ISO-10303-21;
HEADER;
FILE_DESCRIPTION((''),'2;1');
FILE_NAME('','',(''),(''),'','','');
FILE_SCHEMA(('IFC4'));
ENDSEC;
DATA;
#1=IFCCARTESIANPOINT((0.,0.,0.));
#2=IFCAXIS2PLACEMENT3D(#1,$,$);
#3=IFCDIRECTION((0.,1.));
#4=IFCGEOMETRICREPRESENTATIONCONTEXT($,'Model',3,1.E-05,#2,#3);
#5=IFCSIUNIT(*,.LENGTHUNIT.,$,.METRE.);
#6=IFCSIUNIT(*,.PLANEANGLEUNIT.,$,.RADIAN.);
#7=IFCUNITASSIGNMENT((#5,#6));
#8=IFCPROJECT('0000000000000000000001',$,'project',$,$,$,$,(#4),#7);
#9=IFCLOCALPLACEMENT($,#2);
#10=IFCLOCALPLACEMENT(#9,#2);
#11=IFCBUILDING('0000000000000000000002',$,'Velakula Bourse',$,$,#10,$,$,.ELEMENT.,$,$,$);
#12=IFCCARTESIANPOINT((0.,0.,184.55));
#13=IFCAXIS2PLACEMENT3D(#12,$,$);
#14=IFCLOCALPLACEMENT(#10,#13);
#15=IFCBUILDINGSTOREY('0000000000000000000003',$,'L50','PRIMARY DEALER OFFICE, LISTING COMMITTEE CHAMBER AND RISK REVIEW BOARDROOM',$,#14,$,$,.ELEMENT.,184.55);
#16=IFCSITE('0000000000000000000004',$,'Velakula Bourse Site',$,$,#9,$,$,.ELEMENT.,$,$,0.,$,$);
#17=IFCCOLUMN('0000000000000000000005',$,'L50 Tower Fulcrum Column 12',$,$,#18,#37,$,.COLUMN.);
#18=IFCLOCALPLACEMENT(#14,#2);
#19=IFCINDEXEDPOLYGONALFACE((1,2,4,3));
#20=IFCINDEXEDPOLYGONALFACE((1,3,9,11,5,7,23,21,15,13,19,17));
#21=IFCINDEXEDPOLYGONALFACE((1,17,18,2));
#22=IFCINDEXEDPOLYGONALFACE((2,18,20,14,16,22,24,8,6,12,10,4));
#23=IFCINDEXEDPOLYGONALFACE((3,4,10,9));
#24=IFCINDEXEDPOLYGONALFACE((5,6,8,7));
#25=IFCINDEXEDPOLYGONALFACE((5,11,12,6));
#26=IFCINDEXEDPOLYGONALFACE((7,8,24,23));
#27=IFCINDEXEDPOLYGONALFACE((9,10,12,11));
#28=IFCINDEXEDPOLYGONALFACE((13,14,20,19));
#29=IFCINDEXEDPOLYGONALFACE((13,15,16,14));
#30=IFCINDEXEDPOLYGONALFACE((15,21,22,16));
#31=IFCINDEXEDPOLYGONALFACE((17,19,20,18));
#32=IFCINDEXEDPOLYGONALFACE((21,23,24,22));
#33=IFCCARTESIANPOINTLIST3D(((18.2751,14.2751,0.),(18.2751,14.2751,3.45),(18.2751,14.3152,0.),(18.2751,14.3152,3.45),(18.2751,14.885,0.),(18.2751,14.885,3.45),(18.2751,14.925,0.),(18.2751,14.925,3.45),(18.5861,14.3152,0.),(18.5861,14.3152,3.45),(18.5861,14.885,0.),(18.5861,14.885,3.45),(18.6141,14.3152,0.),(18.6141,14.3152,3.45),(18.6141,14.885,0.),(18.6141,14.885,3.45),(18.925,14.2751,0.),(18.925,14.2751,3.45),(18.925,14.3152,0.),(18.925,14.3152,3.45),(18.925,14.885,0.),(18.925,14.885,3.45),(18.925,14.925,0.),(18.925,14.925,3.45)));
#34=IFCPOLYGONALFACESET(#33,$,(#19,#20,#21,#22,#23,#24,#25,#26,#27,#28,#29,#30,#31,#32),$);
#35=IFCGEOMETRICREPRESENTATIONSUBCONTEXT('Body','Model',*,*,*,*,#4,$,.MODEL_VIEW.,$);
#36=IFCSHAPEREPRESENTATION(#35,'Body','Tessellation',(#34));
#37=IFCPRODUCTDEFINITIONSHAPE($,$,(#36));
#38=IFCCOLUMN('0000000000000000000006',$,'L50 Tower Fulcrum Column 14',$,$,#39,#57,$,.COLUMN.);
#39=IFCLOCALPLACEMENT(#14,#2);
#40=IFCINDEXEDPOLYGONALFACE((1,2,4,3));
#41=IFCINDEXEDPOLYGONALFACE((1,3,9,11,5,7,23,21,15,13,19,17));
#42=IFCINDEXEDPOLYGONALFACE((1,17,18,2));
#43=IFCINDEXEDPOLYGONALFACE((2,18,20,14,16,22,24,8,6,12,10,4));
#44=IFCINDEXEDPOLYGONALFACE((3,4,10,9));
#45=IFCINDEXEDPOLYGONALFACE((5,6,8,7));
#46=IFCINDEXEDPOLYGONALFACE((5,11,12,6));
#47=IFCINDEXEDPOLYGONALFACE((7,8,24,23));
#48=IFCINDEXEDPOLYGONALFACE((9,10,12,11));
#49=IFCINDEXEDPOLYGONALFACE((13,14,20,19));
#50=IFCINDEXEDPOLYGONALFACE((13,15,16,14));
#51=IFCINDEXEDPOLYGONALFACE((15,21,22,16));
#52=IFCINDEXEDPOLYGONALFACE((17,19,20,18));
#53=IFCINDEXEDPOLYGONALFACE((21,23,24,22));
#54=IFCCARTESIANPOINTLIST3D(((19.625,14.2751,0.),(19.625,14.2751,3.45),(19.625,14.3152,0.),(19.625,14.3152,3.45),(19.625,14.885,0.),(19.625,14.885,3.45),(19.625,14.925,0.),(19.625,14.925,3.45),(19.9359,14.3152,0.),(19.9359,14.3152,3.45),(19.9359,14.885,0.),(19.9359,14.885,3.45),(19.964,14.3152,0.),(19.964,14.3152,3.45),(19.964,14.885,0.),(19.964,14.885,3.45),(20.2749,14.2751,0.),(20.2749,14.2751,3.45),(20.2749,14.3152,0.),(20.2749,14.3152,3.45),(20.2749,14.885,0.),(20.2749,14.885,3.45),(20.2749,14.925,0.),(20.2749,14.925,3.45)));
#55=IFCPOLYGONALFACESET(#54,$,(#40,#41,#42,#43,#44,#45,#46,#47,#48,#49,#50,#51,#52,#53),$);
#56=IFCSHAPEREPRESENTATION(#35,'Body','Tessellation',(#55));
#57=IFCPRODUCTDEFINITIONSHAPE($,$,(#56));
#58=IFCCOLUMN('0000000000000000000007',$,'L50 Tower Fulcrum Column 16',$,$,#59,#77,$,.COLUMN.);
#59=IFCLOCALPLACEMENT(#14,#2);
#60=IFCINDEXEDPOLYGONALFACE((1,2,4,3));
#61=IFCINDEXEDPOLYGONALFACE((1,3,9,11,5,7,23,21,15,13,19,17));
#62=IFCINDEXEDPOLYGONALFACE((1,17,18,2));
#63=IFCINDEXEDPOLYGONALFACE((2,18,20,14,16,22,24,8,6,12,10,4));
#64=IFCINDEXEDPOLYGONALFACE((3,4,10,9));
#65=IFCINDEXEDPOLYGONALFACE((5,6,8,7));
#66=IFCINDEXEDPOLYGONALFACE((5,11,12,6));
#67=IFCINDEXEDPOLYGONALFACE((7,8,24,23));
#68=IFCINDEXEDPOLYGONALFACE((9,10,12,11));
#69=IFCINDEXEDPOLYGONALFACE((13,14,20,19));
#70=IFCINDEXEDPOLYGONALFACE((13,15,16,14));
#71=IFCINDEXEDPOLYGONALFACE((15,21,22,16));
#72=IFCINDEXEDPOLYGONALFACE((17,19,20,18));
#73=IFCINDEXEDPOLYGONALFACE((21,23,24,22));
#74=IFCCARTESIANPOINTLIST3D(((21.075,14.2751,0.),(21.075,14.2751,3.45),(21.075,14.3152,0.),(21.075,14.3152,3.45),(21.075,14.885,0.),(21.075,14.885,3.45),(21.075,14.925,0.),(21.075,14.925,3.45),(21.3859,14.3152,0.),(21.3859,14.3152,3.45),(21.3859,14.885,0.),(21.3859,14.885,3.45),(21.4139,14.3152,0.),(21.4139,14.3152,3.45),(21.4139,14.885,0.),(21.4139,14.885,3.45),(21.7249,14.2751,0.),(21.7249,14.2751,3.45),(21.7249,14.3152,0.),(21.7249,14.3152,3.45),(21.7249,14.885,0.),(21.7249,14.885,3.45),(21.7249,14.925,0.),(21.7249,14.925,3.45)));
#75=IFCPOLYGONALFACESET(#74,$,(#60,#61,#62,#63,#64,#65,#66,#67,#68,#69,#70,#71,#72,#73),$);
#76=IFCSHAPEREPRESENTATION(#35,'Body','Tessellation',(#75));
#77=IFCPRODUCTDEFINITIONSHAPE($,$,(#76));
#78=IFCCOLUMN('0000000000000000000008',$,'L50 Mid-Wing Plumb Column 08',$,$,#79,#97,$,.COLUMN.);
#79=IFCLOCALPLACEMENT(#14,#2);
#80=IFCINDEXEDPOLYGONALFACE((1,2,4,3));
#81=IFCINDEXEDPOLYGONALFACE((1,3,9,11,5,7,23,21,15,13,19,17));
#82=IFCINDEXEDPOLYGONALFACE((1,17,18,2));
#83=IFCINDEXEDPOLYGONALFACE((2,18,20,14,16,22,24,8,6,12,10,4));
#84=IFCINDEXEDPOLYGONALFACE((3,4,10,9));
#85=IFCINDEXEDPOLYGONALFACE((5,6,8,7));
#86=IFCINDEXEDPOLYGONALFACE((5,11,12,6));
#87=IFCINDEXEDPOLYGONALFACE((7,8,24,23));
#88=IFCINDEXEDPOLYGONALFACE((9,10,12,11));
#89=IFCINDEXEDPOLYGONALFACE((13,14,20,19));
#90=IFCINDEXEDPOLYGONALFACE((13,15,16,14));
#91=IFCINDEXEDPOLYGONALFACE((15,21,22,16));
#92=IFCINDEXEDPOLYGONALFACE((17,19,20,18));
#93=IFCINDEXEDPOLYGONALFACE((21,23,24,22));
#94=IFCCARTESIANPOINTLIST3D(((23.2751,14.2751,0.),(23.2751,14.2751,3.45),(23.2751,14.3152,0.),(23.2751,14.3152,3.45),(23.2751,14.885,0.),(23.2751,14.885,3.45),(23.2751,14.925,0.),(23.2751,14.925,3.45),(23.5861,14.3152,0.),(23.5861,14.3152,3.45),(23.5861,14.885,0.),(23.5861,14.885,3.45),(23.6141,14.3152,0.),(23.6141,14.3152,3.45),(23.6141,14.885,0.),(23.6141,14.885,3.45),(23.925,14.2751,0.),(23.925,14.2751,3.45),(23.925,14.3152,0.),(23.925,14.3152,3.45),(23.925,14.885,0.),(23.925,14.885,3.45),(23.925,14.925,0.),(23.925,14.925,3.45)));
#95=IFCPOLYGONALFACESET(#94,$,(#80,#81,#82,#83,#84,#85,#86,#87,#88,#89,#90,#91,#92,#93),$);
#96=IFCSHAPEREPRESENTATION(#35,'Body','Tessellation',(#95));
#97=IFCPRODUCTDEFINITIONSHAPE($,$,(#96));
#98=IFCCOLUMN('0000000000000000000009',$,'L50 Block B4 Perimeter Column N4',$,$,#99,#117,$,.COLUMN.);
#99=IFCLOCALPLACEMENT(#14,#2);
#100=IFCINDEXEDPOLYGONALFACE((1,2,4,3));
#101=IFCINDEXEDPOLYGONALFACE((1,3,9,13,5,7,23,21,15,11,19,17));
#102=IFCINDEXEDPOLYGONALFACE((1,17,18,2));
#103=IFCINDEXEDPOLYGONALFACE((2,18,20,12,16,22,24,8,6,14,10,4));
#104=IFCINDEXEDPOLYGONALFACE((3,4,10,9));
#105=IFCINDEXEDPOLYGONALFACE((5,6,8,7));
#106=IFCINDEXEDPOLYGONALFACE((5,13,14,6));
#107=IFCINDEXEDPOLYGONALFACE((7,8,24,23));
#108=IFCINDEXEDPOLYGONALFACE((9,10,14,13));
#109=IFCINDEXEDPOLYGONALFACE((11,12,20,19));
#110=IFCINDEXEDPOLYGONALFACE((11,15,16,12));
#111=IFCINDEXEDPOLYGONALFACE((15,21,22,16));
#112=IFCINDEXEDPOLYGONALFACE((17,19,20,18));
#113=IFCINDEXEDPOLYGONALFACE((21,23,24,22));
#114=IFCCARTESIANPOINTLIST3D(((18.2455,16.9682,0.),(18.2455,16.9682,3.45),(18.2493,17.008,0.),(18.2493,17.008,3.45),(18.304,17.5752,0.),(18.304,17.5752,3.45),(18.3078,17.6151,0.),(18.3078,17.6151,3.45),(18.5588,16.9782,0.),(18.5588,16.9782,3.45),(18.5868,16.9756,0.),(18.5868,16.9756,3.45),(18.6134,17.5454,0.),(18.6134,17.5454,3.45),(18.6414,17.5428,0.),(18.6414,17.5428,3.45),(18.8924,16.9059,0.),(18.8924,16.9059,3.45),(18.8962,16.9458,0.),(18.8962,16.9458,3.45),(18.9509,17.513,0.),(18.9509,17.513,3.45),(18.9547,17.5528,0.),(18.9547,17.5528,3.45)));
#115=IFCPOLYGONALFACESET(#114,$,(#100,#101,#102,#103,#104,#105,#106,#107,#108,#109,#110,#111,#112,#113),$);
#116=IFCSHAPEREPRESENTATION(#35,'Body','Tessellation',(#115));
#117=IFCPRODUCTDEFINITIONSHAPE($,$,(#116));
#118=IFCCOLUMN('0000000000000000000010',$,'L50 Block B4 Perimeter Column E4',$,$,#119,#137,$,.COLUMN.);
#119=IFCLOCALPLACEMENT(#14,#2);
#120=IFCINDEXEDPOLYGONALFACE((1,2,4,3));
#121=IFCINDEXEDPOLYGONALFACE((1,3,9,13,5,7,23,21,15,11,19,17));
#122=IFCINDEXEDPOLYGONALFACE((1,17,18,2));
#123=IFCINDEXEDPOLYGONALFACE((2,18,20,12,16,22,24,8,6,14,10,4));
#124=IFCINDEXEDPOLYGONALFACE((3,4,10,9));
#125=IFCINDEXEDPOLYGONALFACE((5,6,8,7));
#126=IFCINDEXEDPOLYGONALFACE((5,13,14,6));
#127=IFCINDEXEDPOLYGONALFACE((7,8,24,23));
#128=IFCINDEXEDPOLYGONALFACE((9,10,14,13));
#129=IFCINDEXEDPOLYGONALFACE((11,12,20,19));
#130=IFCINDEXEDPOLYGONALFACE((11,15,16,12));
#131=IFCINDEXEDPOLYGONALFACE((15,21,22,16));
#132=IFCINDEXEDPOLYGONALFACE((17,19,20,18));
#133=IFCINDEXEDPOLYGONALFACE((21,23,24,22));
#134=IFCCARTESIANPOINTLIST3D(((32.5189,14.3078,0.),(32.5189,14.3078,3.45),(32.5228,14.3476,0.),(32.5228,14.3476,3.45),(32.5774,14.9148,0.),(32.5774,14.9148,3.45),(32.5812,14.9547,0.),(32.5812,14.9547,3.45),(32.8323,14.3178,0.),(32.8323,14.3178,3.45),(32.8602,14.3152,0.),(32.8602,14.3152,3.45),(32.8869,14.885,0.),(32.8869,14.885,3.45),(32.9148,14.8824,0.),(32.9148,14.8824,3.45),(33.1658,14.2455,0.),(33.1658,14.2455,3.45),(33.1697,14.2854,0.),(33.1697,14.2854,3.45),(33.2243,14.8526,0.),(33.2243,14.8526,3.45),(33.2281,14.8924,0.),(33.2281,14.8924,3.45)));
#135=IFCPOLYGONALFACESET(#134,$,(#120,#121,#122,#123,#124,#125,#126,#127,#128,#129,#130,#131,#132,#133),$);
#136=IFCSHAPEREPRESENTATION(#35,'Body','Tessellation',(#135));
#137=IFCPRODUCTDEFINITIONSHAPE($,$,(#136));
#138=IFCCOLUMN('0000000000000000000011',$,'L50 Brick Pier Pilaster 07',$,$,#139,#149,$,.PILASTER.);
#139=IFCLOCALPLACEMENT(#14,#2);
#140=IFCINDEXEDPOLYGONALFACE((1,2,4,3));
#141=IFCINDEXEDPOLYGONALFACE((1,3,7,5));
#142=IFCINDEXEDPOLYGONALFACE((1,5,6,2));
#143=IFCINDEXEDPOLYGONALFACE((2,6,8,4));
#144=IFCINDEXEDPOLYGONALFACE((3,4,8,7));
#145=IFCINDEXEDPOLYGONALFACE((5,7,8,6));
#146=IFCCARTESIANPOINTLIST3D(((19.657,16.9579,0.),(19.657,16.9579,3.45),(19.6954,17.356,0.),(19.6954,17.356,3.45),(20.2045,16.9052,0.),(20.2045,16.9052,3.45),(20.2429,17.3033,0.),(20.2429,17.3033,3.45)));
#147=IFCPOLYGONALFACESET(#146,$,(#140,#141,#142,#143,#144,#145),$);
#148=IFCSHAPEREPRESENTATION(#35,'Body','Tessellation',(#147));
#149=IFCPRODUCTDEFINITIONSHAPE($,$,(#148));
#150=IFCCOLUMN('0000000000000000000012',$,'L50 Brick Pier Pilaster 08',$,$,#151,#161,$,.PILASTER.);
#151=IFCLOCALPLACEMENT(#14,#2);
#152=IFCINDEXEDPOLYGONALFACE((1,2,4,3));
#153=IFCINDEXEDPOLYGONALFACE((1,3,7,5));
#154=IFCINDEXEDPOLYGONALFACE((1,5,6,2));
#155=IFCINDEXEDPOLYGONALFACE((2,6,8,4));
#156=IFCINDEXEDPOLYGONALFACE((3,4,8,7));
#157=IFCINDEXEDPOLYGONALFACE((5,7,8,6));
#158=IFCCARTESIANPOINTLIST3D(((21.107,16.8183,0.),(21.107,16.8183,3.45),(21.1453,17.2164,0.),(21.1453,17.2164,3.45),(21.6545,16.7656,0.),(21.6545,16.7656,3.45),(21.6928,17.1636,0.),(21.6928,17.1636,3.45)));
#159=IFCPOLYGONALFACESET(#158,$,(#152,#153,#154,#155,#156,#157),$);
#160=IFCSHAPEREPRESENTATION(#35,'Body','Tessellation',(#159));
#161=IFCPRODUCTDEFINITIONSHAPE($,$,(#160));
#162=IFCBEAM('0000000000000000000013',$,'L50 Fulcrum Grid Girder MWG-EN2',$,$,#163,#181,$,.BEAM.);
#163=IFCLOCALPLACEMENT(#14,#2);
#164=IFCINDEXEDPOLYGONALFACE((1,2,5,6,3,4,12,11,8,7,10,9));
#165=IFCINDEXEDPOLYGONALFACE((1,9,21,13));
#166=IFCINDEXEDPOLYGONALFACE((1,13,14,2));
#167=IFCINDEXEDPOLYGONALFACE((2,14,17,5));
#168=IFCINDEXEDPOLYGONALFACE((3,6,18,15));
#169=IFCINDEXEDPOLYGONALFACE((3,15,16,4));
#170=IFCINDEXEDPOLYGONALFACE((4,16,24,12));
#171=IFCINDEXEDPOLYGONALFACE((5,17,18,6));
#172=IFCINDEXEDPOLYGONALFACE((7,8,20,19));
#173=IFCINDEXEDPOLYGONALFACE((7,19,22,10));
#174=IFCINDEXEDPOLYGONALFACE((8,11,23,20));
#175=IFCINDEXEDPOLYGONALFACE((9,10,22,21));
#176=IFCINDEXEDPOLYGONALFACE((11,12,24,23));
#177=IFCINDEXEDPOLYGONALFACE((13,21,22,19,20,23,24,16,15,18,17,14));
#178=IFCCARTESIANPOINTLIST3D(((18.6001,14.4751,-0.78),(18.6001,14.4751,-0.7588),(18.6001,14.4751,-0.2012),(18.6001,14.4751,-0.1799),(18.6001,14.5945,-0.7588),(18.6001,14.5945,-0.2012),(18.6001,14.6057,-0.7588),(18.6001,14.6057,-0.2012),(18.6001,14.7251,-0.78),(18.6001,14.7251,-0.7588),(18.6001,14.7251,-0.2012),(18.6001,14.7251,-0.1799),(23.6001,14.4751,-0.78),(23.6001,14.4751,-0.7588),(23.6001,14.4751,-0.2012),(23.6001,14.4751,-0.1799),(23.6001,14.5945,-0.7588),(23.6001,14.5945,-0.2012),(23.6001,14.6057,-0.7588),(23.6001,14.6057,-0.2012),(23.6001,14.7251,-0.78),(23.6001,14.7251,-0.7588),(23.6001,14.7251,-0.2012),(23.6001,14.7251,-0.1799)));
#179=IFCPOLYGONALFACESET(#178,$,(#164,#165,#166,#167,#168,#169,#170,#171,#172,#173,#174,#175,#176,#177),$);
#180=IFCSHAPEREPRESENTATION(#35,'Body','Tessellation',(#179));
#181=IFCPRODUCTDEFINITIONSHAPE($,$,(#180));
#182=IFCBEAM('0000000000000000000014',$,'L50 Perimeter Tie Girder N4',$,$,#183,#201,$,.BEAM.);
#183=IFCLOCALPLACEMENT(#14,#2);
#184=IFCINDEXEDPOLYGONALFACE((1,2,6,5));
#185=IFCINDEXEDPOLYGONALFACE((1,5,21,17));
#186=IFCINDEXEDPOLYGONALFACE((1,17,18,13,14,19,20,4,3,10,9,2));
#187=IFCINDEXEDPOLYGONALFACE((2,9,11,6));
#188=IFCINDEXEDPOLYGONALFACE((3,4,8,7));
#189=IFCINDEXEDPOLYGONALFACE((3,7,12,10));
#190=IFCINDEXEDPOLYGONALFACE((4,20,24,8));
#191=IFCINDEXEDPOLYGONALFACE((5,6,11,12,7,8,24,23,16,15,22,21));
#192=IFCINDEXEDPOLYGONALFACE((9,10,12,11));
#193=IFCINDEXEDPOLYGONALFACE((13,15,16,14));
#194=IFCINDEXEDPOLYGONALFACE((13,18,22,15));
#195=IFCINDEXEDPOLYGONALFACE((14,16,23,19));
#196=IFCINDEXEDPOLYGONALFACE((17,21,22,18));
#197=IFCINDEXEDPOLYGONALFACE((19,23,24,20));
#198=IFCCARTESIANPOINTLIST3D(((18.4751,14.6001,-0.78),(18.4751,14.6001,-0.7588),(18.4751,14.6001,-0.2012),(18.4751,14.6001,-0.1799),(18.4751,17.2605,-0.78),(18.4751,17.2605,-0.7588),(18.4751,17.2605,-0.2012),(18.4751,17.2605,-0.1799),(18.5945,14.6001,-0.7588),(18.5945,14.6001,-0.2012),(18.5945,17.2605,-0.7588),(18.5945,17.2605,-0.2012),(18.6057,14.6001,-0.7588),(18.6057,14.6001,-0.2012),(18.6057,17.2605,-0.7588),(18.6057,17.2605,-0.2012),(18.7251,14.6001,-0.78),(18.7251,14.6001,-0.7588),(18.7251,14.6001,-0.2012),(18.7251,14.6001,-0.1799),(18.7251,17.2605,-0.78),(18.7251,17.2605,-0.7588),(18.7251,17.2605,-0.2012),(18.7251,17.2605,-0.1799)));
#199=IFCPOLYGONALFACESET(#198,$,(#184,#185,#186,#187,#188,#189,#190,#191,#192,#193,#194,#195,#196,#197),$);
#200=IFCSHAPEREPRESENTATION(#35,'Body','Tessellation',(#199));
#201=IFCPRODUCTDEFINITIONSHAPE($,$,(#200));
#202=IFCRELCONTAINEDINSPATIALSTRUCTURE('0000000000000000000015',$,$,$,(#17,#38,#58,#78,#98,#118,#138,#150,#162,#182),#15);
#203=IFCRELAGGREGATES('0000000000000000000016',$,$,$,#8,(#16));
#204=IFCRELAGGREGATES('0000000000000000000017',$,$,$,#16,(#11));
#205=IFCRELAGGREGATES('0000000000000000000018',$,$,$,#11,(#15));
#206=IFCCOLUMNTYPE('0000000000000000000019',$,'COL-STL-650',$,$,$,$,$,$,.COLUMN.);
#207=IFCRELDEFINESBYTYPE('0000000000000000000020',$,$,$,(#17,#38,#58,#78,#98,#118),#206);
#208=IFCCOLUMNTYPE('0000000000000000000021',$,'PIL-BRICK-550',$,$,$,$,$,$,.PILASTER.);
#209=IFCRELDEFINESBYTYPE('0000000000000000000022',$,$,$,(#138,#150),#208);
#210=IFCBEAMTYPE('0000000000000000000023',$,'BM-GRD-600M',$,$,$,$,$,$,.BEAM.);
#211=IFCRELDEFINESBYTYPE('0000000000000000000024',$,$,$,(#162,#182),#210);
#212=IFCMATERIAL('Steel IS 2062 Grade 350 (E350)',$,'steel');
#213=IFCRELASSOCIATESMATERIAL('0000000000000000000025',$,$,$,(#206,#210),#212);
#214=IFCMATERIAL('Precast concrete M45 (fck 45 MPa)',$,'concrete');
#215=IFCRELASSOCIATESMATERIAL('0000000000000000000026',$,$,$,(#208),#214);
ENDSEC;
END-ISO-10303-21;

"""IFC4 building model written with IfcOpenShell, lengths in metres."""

from ifc_helpers import new_model, si_unit, direction, frame, origin, origin_2d, place, context, subcontext, project, spatial, rectangle, i_section, extrude, material, material_profile, profile_set, type_object, element, save


model = new_model("IFC4")

# Units and contexts
model_context = context("Model", 3, precision=1e-05, world=origin(), true_north=direction((0.0, 1.0)))
body_context = subcontext(model_context, "Body", "Model", "MODEL_VIEW")
ifc_project = project(units=[si_unit("LENGTHUNIT", "METRE"), si_unit("PLANEANGLEUNIT", "RADIAN")], contexts=[model_context])

# Site, building, storey
site_placement = place(None, origin())
site = spatial("IfcSite", under=ifc_project, at=site_placement, Name="Velakula Bourse Site", CompositionType="ELEMENT", RefElevation=0.0)
building_placement = place(site_placement, origin())
building = spatial("IfcBuilding", under=site, at=building_placement, Name="Velakula Bourse", CompositionType="ELEMENT")
storey_placement = place(building_placement, frame((0.0, 0.0, 184.55)))
storey = spatial("IfcBuildingStorey", under=building, at=storey_placement, Name="L50", Description="PRIMARY DEALER OFFICE, LISTING COMMITTEE CHAMBER AND RISK REVIEW BOARDROOM", CompositionType="ELEMENT", Elevation=184.55)

# Columns
ifc_material_1 = material(Name="Steel IS 2062 Grade 350 (E350)", Category="steel")
ifc_material_profile_1 = material_profile(ifc_material_1, i_section(OverallWidth=0.6499, OverallDepth=0.6499, WebThickness=0.0281, FlangeThickness=0.04, at=origin_2d()), Name="Steel IS 2062 Grade 350 (E350)")
ifc_profile_set_1 = profile_set([ifc_material_profile_1], Name="Steel IS 2062 Grade 350 (E350)")
column_type_1 = type_object("IfcColumnType", Name="COL-STL-650", PredefinedType="COLUMN", material=ifc_profile_set_1)
for number, where, z_axis, x_axis, name in (
    (1, (18.6001, 14.6001, 0.0), (0.0, 0.0, 1.0), (1.0, 0.0, 0.0), "L50 Tower Fulcrum Column 12"),
    (2, (19.95, 14.6001, 0.0), (0.0, 0.0, 1.0), (1.0, 0.0, 0.0), "L50 Tower Fulcrum Column 14"),
    (3, (21.3999, 14.6001, 0.0), (0.0, 0.0, 1.0), (1.0, 0.0, 0.0), "L50 Tower Fulcrum Column 16"),
    (4, (23.6001, 14.6001, 0.0), (0.0, 0.0, 1.0), (1.0, 0.0, 0.0), "L50 Mid-Wing Plumb Column 08"),
    (5, (18.6001, 17.2605, 0.0), (0.0, 0.0, 1.0), (0.995396, -0.095846, 0.0), "L50 Block B4 Perimeter Column N4"),
    (6, (32.8735, 14.6001, 0.0), (0.0, 0.0, 1.0), (0.995396, -0.095846, 0.0), "L50 Block B4 Perimeter Column E4"),
):
    element("IfcColumn", number, at=place(storey_placement, frame(where, z_axis=z_axis, x_axis=x_axis)), inside=storey, type_object=column_type_1, Name=name, PredefinedType="COLUMN", context=body_context, shape_type="SweptSolid", body=[
        extrude(i_section(OverallWidth=0.6499, OverallDepth=0.6499, WebThickness=0.0281, FlangeThickness=0.04, at=origin_2d()), origin(), (0.0, 0.0, 1.0), 3.45),
    ])
ifc_material_2 = material(Name="Precast concrete M45 (fck 45 MPa)", Category="concrete")
ifc_material_profile_2 = material_profile(ifc_material_2, rectangle(XDim=0.55, YDim=0.3999, at=origin_2d()), Name="Precast concrete M45 (fck 45 MPa)")
ifc_profile_set_2 = profile_set([ifc_material_profile_2], Name="Precast concrete M45 (fck 45 MPa)")
column_type_2 = type_object("IfcColumnType", Name="PIL-BRICK-550", PredefinedType="PILASTER", material=ifc_profile_set_2)
for number, where, z_axis, x_axis, name in (
    (7, (19.95, 17.1306, 0.0), (0.0, 0.0, 1.0), (0.995396, -0.095846, 0.0), "L50 Brick Pier Pilaster 07"),
    (8, (21.3999, 16.991, 0.0), (0.0, 0.0, 1.0), (0.995396, -0.095846, 0.0), "L50 Brick Pier Pilaster 08"),
):
    element("IfcColumn", number, at=place(storey_placement, frame(where, z_axis=z_axis, x_axis=x_axis)), inside=storey, type_object=column_type_2, Name=name, PredefinedType="PILASTER", context=body_context, shape_type="SweptSolid", body=[
        extrude(rectangle(XDim=0.55, YDim=0.3999, at=origin_2d()), origin(), (0.0, 0.0, 1.0), 3.45),
    ])

# Beams
ifc_material_profile_3 = material_profile(ifc_material_1, i_section(OverallWidth=0.25, OverallDepth=0.6001, WebThickness=0.0112, FlangeThickness=0.0212, at=origin_2d()), Name="Steel IS 2062 Grade 350 (E350)")
ifc_profile_set_3 = profile_set([ifc_material_profile_3], Name="Steel IS 2062 Grade 350 (E350)")
beam_type_1 = type_object("IfcBeamType", Name="BM-GRD-600M", PredefinedType="BEAM", material=ifc_profile_set_3)
beam_1_placement = place(storey_placement, frame((18.6001, 14.6001, -0.48), z_axis=(1.0, 0.0, 0.0), x_axis=(0.0, 1.0, 0.0)))
element("IfcBeam", 9, at=beam_1_placement, inside=storey, type_object=beam_type_1, Name="L50 Fulcrum Grid Girder MWG-EN2", PredefinedType="BEAM", context=body_context, shape_type="SweptSolid", body=[
    extrude(i_section(OverallWidth=0.25, OverallDepth=0.6001, WebThickness=0.0112, FlangeThickness=0.0212, at=origin_2d()), origin(), (0.0, 0.0, 1.0), 5.0),
])
beam_2_placement = place(storey_placement, frame((18.6001, 14.6001, -0.48), z_axis=(0.0, 1.0, 0.0), x_axis=(-1.0, 0.0, 0.0)))
element("IfcBeam", 10, at=beam_2_placement, inside=storey, type_object=beam_type_1, Name="L50 Perimeter Tie Girder N4", PredefinedType="BEAM", context=body_context, shape_type="SweptSolid", body=[
    extrude(i_section(OverallWidth=0.25, OverallDepth=0.6001, WebThickness=0.0112, FlangeThickness=0.0212, at=origin_2d()), origin(), (0.0, 0.0, 1.0), 2.6604),
])

save(model, "model.ifc")
